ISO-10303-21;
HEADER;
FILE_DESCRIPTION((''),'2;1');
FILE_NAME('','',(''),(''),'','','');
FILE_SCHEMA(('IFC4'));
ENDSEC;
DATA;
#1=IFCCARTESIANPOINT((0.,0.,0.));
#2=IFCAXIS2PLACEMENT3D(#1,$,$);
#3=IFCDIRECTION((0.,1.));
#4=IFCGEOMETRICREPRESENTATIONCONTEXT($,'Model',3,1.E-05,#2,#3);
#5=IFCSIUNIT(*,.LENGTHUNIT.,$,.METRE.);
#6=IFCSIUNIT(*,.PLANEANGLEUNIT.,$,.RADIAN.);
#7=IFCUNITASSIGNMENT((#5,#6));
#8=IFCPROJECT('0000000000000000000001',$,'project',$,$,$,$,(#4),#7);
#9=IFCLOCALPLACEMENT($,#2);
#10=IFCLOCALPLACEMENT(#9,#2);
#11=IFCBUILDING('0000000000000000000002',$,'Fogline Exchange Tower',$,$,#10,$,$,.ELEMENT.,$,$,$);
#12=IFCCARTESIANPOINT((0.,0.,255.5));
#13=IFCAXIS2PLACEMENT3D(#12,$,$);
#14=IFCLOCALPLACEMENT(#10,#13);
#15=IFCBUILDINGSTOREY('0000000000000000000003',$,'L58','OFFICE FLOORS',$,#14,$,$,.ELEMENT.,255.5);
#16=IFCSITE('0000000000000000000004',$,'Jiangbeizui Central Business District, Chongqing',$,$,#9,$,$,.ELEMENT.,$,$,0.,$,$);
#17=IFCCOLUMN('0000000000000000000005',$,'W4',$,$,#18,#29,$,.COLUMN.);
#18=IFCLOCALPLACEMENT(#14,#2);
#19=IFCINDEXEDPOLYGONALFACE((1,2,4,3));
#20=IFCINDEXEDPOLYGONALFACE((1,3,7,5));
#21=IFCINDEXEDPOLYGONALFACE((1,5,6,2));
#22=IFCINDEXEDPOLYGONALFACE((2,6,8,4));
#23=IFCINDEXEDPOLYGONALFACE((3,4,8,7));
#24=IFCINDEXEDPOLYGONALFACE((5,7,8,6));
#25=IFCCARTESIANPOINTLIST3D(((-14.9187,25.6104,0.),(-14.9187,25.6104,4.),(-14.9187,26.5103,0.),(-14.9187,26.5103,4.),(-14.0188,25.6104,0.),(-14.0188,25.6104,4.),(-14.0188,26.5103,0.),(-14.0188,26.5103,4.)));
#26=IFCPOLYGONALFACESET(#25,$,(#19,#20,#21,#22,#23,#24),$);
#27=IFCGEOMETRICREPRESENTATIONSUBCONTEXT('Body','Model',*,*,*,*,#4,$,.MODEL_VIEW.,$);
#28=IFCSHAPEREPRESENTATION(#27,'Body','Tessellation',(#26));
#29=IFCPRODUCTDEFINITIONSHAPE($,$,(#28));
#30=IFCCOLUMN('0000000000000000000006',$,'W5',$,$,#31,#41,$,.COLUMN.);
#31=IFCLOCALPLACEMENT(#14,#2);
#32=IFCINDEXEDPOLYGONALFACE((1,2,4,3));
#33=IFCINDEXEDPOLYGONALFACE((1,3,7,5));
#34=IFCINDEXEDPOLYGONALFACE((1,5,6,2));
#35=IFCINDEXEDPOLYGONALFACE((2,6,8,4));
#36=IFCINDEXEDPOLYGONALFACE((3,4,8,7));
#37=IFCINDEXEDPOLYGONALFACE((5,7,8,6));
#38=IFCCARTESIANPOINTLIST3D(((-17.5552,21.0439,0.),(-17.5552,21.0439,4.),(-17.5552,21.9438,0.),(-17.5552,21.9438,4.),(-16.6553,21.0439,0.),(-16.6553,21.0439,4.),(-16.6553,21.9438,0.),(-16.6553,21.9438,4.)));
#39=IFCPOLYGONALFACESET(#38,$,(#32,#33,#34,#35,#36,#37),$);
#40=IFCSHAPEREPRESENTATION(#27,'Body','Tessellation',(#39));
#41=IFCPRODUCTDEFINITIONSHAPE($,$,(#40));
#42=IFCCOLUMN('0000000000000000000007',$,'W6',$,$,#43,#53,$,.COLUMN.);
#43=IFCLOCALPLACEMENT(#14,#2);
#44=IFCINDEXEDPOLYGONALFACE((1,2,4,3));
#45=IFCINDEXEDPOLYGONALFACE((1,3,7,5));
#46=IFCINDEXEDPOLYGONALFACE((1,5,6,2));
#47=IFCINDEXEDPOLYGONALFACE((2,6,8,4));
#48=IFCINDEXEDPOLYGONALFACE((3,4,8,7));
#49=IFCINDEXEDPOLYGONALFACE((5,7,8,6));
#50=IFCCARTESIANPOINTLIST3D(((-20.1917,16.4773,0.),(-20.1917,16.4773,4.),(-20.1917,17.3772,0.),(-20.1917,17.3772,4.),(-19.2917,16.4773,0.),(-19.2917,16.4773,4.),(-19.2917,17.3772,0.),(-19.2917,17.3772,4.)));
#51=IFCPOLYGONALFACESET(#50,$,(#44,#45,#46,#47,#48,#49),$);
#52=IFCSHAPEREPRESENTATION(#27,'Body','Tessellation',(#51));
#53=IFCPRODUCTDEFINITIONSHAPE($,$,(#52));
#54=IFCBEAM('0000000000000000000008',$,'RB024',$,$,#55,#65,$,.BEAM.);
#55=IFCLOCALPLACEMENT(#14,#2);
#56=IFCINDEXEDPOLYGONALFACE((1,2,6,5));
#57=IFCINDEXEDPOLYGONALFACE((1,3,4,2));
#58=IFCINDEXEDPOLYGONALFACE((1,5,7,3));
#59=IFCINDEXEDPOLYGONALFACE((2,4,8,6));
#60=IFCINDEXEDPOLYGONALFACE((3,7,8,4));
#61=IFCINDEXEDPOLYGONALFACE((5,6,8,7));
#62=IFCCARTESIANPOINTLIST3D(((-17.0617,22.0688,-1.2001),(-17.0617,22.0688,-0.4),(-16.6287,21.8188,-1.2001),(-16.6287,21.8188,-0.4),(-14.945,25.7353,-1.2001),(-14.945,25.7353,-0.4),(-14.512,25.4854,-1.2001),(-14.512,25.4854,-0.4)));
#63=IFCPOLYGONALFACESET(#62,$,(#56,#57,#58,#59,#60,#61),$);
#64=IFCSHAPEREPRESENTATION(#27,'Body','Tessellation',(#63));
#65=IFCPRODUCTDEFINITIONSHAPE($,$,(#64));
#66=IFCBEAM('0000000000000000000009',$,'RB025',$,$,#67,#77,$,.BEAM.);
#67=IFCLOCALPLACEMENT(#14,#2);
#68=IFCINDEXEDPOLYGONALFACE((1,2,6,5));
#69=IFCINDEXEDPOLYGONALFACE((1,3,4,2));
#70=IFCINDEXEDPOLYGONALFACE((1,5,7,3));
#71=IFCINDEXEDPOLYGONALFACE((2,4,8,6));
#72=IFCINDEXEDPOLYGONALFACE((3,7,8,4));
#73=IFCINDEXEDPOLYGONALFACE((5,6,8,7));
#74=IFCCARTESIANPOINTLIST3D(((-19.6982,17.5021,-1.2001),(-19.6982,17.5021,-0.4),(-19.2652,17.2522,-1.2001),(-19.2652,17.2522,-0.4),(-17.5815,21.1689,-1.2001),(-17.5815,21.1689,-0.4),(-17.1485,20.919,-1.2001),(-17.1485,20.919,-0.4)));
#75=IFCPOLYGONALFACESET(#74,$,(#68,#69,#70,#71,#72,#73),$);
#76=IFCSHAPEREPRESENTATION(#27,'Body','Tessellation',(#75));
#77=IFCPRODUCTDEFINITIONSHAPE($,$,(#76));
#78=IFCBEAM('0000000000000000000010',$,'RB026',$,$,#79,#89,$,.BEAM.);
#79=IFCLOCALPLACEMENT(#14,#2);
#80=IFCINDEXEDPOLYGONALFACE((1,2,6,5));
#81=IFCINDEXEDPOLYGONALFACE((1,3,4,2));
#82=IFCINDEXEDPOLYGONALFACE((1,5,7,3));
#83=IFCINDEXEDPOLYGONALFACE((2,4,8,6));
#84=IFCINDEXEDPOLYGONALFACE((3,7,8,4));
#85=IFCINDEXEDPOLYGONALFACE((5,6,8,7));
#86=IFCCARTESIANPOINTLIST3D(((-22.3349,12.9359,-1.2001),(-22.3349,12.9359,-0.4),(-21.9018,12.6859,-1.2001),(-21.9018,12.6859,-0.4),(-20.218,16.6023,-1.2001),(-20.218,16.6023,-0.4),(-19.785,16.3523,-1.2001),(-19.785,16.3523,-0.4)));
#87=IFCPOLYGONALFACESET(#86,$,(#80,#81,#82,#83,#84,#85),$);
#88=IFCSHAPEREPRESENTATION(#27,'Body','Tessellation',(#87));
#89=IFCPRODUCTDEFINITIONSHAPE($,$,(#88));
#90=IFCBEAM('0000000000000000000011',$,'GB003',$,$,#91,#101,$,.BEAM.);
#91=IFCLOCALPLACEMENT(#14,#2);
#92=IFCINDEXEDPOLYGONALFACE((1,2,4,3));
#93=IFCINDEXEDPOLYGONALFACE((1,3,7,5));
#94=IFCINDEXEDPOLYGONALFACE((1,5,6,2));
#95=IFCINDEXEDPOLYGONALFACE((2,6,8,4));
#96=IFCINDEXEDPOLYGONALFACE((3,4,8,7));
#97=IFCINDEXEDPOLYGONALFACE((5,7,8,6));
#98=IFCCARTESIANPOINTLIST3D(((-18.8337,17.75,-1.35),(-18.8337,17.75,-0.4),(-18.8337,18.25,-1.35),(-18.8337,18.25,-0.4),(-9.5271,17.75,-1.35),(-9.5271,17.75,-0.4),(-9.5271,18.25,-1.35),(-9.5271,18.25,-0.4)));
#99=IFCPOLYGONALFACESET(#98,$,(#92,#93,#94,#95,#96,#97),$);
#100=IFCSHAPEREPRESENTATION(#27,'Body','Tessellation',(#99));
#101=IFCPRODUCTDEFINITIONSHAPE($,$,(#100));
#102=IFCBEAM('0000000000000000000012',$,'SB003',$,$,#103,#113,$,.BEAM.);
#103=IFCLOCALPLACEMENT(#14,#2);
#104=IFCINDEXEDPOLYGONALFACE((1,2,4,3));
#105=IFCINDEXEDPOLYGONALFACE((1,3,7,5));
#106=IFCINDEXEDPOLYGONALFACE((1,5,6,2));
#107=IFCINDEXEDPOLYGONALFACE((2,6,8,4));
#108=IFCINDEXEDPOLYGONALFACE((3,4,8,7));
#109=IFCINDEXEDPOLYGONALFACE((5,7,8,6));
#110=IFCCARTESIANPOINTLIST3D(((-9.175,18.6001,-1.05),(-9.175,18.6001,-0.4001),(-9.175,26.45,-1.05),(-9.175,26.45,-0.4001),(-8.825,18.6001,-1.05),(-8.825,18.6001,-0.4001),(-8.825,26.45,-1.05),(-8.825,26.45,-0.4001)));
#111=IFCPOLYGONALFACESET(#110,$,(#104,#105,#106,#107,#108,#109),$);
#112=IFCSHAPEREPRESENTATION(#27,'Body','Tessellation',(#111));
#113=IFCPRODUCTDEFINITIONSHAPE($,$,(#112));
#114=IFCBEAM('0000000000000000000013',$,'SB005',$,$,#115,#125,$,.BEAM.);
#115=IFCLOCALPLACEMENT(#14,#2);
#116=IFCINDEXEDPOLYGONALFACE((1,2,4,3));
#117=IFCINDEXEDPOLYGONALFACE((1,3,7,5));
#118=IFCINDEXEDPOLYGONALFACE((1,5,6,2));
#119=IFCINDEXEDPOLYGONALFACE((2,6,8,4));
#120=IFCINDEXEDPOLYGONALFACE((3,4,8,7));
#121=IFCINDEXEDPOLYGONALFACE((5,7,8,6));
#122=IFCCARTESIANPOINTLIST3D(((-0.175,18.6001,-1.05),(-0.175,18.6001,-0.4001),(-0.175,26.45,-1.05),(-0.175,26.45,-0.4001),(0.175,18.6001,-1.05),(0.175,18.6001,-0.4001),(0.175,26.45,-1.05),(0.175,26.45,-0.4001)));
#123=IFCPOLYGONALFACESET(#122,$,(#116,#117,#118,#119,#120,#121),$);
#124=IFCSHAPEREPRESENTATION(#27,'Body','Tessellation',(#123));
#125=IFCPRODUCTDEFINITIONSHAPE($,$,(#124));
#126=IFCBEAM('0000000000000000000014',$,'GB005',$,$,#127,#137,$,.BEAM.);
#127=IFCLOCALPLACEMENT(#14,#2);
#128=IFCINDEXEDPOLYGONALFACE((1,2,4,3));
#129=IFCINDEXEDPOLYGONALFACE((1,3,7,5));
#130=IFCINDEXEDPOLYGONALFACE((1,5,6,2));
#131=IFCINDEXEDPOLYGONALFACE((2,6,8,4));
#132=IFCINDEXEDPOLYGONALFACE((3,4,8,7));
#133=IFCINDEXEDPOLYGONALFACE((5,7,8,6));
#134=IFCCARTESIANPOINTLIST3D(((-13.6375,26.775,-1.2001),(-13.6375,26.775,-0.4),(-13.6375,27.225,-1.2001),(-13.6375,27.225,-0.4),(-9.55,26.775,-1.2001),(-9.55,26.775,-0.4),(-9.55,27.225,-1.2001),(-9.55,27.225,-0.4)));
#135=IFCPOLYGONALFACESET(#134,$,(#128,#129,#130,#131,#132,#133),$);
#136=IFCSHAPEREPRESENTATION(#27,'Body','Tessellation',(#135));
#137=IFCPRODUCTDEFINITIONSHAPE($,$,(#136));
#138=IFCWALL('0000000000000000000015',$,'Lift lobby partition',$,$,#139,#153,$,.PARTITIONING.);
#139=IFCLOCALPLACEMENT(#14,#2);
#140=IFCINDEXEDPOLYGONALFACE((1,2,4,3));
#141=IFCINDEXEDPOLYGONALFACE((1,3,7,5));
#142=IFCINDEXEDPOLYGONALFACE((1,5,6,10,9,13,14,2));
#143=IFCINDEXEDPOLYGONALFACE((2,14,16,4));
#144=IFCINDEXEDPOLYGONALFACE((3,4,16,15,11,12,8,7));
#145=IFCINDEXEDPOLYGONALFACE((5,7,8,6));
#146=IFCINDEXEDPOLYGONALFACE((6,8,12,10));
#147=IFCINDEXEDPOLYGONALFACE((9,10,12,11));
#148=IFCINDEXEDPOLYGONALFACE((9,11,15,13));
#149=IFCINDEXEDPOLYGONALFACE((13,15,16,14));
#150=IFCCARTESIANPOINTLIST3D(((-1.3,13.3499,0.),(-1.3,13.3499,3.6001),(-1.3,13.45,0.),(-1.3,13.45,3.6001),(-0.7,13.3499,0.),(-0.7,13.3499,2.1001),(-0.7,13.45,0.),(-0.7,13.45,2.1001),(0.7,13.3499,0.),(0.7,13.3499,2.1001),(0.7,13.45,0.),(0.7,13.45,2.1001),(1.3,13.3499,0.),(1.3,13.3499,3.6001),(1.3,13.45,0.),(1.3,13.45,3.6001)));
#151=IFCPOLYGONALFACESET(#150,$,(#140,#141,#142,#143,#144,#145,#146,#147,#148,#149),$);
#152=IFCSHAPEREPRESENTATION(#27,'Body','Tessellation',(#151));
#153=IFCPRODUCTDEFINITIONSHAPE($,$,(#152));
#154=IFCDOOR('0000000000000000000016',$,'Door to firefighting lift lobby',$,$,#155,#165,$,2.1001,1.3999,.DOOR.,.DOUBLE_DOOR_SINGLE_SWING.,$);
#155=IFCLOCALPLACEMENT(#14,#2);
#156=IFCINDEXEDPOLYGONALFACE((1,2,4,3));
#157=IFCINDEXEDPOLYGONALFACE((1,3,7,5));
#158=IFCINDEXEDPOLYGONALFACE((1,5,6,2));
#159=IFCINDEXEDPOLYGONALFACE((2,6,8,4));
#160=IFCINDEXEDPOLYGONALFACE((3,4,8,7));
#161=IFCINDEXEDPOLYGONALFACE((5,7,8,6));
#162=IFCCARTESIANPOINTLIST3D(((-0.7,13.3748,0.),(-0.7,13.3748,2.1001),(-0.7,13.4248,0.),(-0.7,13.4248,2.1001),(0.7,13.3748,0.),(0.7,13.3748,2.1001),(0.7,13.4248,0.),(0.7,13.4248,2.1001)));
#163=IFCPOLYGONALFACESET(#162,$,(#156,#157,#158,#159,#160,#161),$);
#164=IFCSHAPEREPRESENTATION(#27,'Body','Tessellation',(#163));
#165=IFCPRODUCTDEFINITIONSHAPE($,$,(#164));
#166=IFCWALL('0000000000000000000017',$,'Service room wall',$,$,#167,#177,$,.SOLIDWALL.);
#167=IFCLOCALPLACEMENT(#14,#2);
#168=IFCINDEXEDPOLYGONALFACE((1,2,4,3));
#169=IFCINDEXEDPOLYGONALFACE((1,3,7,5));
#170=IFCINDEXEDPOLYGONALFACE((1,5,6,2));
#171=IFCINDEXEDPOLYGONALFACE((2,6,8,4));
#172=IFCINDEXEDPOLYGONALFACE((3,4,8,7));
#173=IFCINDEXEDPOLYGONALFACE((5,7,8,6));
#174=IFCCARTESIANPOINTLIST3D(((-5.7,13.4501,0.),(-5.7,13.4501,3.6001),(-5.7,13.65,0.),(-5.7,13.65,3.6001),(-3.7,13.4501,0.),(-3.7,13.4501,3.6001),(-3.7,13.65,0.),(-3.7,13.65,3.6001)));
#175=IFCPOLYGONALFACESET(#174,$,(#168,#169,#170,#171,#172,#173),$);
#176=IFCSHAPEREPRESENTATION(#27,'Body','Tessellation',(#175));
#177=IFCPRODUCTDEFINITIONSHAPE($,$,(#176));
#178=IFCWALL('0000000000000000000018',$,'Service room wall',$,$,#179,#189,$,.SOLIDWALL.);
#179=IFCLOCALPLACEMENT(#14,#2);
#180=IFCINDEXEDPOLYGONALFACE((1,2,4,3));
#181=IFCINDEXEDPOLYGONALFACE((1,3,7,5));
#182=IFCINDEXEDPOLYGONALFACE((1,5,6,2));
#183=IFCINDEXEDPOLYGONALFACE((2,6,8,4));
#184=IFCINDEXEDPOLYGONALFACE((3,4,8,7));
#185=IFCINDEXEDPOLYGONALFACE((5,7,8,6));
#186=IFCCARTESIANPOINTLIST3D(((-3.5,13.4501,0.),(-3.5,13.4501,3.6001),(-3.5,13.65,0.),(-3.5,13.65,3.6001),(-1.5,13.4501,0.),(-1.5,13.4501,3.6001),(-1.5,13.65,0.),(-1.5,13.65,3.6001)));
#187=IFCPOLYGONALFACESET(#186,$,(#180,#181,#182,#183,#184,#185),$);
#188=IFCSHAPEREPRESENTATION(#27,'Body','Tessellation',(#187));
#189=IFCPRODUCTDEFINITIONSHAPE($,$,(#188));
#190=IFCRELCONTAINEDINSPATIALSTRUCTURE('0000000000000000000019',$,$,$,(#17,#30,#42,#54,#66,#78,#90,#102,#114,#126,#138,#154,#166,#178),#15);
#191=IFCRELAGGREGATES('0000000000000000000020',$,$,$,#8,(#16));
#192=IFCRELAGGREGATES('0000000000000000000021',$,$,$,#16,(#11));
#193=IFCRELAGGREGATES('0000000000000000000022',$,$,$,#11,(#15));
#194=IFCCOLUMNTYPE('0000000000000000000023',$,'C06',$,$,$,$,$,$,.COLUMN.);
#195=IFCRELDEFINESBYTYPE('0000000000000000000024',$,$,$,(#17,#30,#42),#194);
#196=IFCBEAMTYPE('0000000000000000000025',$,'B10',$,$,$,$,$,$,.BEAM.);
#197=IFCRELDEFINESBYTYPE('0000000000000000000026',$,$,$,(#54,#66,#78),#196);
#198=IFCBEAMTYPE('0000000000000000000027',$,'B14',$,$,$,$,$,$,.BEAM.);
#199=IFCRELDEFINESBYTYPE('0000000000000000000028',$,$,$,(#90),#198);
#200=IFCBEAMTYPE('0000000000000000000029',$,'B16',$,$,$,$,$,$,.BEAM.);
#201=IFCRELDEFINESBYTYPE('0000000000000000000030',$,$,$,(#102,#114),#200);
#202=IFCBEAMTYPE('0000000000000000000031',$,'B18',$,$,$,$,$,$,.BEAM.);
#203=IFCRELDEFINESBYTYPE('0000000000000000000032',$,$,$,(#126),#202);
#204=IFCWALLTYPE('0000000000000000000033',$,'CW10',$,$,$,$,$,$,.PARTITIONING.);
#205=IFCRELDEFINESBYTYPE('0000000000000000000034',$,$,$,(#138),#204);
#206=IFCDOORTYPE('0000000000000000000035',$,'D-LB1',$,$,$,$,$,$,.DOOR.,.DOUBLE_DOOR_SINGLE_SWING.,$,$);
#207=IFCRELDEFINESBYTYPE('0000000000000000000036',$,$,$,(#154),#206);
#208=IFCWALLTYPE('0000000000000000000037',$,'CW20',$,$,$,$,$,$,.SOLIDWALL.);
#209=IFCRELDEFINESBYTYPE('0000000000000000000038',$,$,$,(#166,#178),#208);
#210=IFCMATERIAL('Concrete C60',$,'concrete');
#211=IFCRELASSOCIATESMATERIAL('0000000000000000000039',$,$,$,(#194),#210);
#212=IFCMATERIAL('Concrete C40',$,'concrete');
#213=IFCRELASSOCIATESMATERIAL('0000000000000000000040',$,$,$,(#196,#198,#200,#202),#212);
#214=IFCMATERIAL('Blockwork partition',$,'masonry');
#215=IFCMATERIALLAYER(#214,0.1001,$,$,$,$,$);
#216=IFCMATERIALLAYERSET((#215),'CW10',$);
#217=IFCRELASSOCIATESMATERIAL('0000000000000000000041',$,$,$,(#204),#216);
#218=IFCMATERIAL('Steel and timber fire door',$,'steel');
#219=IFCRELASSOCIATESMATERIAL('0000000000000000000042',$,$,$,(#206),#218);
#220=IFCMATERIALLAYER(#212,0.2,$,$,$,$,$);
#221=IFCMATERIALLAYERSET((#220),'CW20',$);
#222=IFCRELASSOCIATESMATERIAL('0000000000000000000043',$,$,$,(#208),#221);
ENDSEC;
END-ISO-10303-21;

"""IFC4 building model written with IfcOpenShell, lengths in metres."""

from ifc_helpers import new_model, si_unit, direction, frame, frame_2d, origin, origin_2d, place, context, subcontext, project, spatial, rectangle, extrude, material, layer, layer_set, material_profile, profile_set, type_object, element, fill, save


model = new_model("IFC4")

# Units and contexts
model_context = context("Model", 3, precision=1e-05, world=origin(), true_north=direction((0.0, 1.0)))
body_context = subcontext(model_context, "Body", "Model", "MODEL_VIEW")
ifc_project = project(units=[si_unit("LENGTHUNIT", "METRE"), si_unit("PLANEANGLEUNIT", "RADIAN")], contexts=[model_context])

# Site, building, storey
site_placement = place(None, origin())
site = spatial("IfcSite", under=ifc_project, at=site_placement, Name="Jiangbeizui Central Business District, Chongqing", CompositionType="ELEMENT", RefElevation=0.0)
building_placement = place(site_placement, origin())
building = spatial("IfcBuilding", under=site, at=building_placement, Name="Fogline Exchange Tower", CompositionType="ELEMENT")
storey_placement = place(building_placement, frame((0.0, 0.0, 255.5)))
storey = spatial("IfcBuildingStorey", under=building, at=storey_placement, Name="L58", Description="OFFICE FLOORS", CompositionType="ELEMENT", Elevation=255.5)

# Columns
ifc_material_1 = material(Name="Concrete C60", Category="concrete")
ifc_material_profile_1 = material_profile(ifc_material_1, rectangle(XDim=0.8999, YDim=0.8999, at=origin_2d()), Name="RC 900x900")
ifc_profile_set_1 = profile_set([ifc_material_profile_1], Name="Concrete C60")
column_type = type_object("IfcColumnType", Name="C06", PredefinedType="COLUMN", material=ifc_profile_set_1)
for number, where, z_axis, x_axis, name in (
    (1, (-14.4688, 26.0603, 0.0), (0.0, 0.0, 1.0), (1.0, 0.0, 0.0), "W4"),
    (2, (-17.1052, 21.4939, 0.0), (0.0, 0.0, 1.0), (1.0, 0.0, 0.0), "W5"),
    (3, (-19.7417, 16.9272, 0.0), (0.0, 0.0, 1.0), (1.0, 0.0, 0.0), "W6"),
):
    element("IfcColumn", number, at=place(storey_placement, frame(where, z_axis=z_axis, x_axis=x_axis)), inside=storey, type_object=column_type, Name=name, PredefinedType="COLUMN", context=body_context, shape_type="SweptSolid", body=[
        extrude(rectangle(XDim=0.8999, YDim=0.8999, at=origin_2d()), origin(), (0.0, 0.0, 1.0), 4.0),
    ])

# Beams
ifc_material_2 = material(Name="Concrete C40", Category="concrete")
ifc_material_profile_2 = material_profile(ifc_material_2, rectangle(XDim=0.5, YDim=0.8, at=origin_2d()), Name="RC 500x800")
ifc_profile_set_2 = profile_set([ifc_material_profile_2], Name="Concrete C40")
beam_type_1 = type_object("IfcBeamType", Name="B10", PredefinedType="BEAM", material=ifc_profile_set_2)
beam_1_placement = place(storey_placement, frame((-14.7285, 25.6104, -0.8), z_axis=(-0.499972, -0.866042, 0.0), x_axis=(0.866042, -0.499972, 0.0)))
element("IfcBeam", 4, at=beam_1_placement, inside=storey, type_object=beam_type_1, Name="RB024", PredefinedType="BEAM", context=body_context, shape_type="SweptSolid", body=[
    extrude(rectangle(XDim=0.5, YDim=0.8, at=origin_2d()), origin(), (0.0, 0.0, 1.0), 4.2336),
])
beam_2_placement = place(storey_placement, frame((-17.365, 21.0439, -0.8), z_axis=(-0.499947, -0.866056, 0.0), x_axis=(0.866056, -0.499947, 0.0)))
element("IfcBeam", 5, at=beam_2_placement, inside=storey, type_object=beam_type_1, Name="RB025", PredefinedType="BEAM", context=body_context, shape_type="SweptSolid", body=[
    extrude(rectangle(XDim=0.5, YDim=0.8, at=origin_2d()), origin(), (0.0, 0.0, 1.0), 4.2339),
])
beam_3_placement = place(storey_placement, frame((-20.0015, 16.4773, -0.8), z_axis=(-0.500015, -0.866017, 0.0), x_axis=(0.866017, -0.500015, 0.0)))
element("IfcBeam", 6, at=beam_3_placement, inside=storey, type_object=beam_type_1, Name="RB026", PredefinedType="BEAM", context=body_context, shape_type="SweptSolid", body=[
    extrude(rectangle(XDim=0.5, YDim=0.8, at=origin_2d()), origin(), (0.0, 0.0, 1.0), 4.2336),
])
ifc_material_profile_3 = material_profile(ifc_material_2, rectangle(XDim=0.5, YDim=0.95, at=origin_2d()), Name="RC 500x950")
ifc_profile_set_3 = profile_set([ifc_material_profile_3], Name="Concrete C40")
beam_type_2 = type_object("IfcBeamType", Name="B14", PredefinedType="BEAM", material=ifc_profile_set_3)
beam_4_placement = place(storey_placement, frame((-18.8337, 18.0, -0.875), z_axis=(1.0, 0.0, 0.0), x_axis=(0.0, 1.0, 0.0)))
element("IfcBeam", 7, at=beam_4_placement, inside=storey, type_object=beam_type_2, Name="GB003", PredefinedType="BEAM", context=body_context, shape_type="SweptSolid", body=[
    extrude(rectangle(XDim=0.5, YDim=0.95, at=origin_2d()), origin(), (0.0, 0.0, 1.0), 9.3066),
])
ifc_material_profile_4 = material_profile(ifc_material_2, rectangle(XDim=0.3501, YDim=0.6499, at=origin_2d()), Name="RC 350x650")
ifc_profile_set_4 = profile_set([ifc_material_profile_4], Name="Concrete C40")
beam_type_3 = type_object("IfcBeamType", Name="B16", PredefinedType="BEAM", material=ifc_profile_set_4)
for number, where, z_axis, x_axis, name in (
    (8, (-9.0, 18.6001, -0.7251), (0.0, 1.0, 0.0), (-1.0, 0.0, 0.0), "SB003"),
    (9, (0.0, 18.6001, -0.7251), (0.0, 1.0, 0.0), (-1.0, 0.0, 0.0), "SB005"),
):
    element("IfcBeam", number, at=place(storey_placement, frame(where, z_axis=z_axis, x_axis=x_axis)), inside=storey, type_object=beam_type_3, Name=name, PredefinedType="BEAM", context=body_context, shape_type="SweptSolid", body=[
        extrude(rectangle(XDim=0.3501, YDim=0.6499, at=origin_2d()), origin(), (0.0, 0.0, 1.0), 7.8499),
    ])
ifc_material_profile_5 = material_profile(ifc_material_2, rectangle(XDim=0.45, YDim=0.8, at=origin_2d()), Name="RC 450x800")
ifc_profile_set_5 = profile_set([ifc_material_profile_5], Name="Concrete C40")
beam_type_4 = type_object("IfcBeamType", Name="B18", PredefinedType="BEAM", material=ifc_profile_set_5)
beam_5_placement = place(storey_placement, frame((-13.6375, 27.0, -0.8), z_axis=(1.0, 0.0, 0.0), x_axis=(0.0, 1.0, 0.0)))
element("IfcBeam", 10, at=beam_5_placement, inside=storey, type_object=beam_type_4, Name="GB005", PredefinedType="BEAM", context=body_context, shape_type="SweptSolid", body=[
    extrude(rectangle(XDim=0.45, YDim=0.8, at=origin_2d()), origin(), (0.0, 0.0, 1.0), 4.0874),
])

# Wall, opening, door
ifc_material_3 = material(Name="Blockwork partition", Category="masonry")
ifc_layer_1 = layer(ifc_material_3, 0.1001)
ifc_layer_set_1 = layer_set([ifc_layer_1], Name="CW10")
wall_type_1 = type_object("IfcWallType", Name="CW10", PredefinedType="PARTITIONING", material=ifc_layer_set_1)
wall_1_placement = place(storey_placement, frame((-1.3, 13.3999, 0.0), z_axis=(0.0, 0.0, 1.0), x_axis=(1.0, 0.0, 0.0)))
wall_1 = element("IfcWall", 11, at=wall_1_placement, inside=storey, type_object=wall_type_1, Name="Lift lobby partition", PredefinedType="PARTITIONING", context=body_context, shape_type="SweptSolid", body=[
    extrude(rectangle(XDim=2.6001, YDim=0.1001, at=frame_2d((1.3, 0.0))), origin(), (0.0, 0.0, 1.0), 3.6001),
])
opening_1_placement = place(wall_1_placement, frame((0.6001, 0.0, 0.0)))
opening_1 = element("IfcOpeningElement", 12, at=opening_1_placement, cuts=wall_1, PredefinedType="OPENING", context=body_context, shape_type="SweptSolid", body=[
    extrude(rectangle(XDim=1.3999, YDim=2.1001, at=frame_2d((0.7, 1.05))), frame((0.0, 0.0601, 0.0), z_axis=(0.0, -1.0, 0.0), x_axis=(1.0, 0.0, 0.0)), (0.0, 0.0, 1.0), 0.1201),
])
ifc_material_4 = material(Name="Steel and timber fire door", Category="steel")
door_type_1 = type_object("IfcDoorType", Name="D-LB1", OperationType="DOUBLE_DOOR_SINGLE_SWING", PredefinedType="DOOR", material=ifc_material_4)
door_1_placement = place(opening_1_placement, origin())
door_1 = element("IfcDoor", 13, at=door_1_placement, inside=storey, type_object=door_type_1, Name="Door to firefighting lift lobby", OperationType="DOUBLE_DOOR_SINGLE_SWING", OverallHeight=2.1001, OverallWidth=1.3999, PredefinedType="DOOR", context=body_context, shape_type="SweptSolid", body=[
    extrude(rectangle(XDim=1.3999, YDim=2.1001, at=frame_2d((0.7, 1.05))), frame((0.0, 0.0249, 0.0), z_axis=(0.0, -1.0, 0.0), x_axis=(1.0, 0.0, 0.0)), (0.0, 0.0, 1.0), 0.05),
])
fill(opening_1, door_1)

# Walls
ifc_layer_2 = layer(ifc_material_2, 0.2)
ifc_layer_set_2 = layer_set([ifc_layer_2], Name="CW20")
wall_type_2 = type_object("IfcWallType", Name="CW20", PredefinedType="SOLIDWALL", material=ifc_layer_set_2)
for number, where, z_axis, x_axis, name in (
    (14, (-5.7, 13.55, 0.0), (0.0, 0.0, 1.0), (1.0, 0.0, 0.0), "Service room wall"),
    (15, (-3.5, 13.55, 0.0), (0.0, 0.0, 1.0), (1.0, 0.0, 0.0), "Service room wall"),
):
    element("IfcWall", number, at=place(storey_placement, frame(where, z_axis=z_axis, x_axis=x_axis)), inside=storey, type_object=wall_type_2, Name=name, PredefinedType="SOLIDWALL", context=body_context, shape_type="SweptSolid", body=[
        extrude(rectangle(XDim=2.0, YDim=0.2, at=frame_2d((1.0, 0.0))), origin(), (0.0, 0.0, 1.0), 3.6001),
    ])

save(model, "model.ifc")
